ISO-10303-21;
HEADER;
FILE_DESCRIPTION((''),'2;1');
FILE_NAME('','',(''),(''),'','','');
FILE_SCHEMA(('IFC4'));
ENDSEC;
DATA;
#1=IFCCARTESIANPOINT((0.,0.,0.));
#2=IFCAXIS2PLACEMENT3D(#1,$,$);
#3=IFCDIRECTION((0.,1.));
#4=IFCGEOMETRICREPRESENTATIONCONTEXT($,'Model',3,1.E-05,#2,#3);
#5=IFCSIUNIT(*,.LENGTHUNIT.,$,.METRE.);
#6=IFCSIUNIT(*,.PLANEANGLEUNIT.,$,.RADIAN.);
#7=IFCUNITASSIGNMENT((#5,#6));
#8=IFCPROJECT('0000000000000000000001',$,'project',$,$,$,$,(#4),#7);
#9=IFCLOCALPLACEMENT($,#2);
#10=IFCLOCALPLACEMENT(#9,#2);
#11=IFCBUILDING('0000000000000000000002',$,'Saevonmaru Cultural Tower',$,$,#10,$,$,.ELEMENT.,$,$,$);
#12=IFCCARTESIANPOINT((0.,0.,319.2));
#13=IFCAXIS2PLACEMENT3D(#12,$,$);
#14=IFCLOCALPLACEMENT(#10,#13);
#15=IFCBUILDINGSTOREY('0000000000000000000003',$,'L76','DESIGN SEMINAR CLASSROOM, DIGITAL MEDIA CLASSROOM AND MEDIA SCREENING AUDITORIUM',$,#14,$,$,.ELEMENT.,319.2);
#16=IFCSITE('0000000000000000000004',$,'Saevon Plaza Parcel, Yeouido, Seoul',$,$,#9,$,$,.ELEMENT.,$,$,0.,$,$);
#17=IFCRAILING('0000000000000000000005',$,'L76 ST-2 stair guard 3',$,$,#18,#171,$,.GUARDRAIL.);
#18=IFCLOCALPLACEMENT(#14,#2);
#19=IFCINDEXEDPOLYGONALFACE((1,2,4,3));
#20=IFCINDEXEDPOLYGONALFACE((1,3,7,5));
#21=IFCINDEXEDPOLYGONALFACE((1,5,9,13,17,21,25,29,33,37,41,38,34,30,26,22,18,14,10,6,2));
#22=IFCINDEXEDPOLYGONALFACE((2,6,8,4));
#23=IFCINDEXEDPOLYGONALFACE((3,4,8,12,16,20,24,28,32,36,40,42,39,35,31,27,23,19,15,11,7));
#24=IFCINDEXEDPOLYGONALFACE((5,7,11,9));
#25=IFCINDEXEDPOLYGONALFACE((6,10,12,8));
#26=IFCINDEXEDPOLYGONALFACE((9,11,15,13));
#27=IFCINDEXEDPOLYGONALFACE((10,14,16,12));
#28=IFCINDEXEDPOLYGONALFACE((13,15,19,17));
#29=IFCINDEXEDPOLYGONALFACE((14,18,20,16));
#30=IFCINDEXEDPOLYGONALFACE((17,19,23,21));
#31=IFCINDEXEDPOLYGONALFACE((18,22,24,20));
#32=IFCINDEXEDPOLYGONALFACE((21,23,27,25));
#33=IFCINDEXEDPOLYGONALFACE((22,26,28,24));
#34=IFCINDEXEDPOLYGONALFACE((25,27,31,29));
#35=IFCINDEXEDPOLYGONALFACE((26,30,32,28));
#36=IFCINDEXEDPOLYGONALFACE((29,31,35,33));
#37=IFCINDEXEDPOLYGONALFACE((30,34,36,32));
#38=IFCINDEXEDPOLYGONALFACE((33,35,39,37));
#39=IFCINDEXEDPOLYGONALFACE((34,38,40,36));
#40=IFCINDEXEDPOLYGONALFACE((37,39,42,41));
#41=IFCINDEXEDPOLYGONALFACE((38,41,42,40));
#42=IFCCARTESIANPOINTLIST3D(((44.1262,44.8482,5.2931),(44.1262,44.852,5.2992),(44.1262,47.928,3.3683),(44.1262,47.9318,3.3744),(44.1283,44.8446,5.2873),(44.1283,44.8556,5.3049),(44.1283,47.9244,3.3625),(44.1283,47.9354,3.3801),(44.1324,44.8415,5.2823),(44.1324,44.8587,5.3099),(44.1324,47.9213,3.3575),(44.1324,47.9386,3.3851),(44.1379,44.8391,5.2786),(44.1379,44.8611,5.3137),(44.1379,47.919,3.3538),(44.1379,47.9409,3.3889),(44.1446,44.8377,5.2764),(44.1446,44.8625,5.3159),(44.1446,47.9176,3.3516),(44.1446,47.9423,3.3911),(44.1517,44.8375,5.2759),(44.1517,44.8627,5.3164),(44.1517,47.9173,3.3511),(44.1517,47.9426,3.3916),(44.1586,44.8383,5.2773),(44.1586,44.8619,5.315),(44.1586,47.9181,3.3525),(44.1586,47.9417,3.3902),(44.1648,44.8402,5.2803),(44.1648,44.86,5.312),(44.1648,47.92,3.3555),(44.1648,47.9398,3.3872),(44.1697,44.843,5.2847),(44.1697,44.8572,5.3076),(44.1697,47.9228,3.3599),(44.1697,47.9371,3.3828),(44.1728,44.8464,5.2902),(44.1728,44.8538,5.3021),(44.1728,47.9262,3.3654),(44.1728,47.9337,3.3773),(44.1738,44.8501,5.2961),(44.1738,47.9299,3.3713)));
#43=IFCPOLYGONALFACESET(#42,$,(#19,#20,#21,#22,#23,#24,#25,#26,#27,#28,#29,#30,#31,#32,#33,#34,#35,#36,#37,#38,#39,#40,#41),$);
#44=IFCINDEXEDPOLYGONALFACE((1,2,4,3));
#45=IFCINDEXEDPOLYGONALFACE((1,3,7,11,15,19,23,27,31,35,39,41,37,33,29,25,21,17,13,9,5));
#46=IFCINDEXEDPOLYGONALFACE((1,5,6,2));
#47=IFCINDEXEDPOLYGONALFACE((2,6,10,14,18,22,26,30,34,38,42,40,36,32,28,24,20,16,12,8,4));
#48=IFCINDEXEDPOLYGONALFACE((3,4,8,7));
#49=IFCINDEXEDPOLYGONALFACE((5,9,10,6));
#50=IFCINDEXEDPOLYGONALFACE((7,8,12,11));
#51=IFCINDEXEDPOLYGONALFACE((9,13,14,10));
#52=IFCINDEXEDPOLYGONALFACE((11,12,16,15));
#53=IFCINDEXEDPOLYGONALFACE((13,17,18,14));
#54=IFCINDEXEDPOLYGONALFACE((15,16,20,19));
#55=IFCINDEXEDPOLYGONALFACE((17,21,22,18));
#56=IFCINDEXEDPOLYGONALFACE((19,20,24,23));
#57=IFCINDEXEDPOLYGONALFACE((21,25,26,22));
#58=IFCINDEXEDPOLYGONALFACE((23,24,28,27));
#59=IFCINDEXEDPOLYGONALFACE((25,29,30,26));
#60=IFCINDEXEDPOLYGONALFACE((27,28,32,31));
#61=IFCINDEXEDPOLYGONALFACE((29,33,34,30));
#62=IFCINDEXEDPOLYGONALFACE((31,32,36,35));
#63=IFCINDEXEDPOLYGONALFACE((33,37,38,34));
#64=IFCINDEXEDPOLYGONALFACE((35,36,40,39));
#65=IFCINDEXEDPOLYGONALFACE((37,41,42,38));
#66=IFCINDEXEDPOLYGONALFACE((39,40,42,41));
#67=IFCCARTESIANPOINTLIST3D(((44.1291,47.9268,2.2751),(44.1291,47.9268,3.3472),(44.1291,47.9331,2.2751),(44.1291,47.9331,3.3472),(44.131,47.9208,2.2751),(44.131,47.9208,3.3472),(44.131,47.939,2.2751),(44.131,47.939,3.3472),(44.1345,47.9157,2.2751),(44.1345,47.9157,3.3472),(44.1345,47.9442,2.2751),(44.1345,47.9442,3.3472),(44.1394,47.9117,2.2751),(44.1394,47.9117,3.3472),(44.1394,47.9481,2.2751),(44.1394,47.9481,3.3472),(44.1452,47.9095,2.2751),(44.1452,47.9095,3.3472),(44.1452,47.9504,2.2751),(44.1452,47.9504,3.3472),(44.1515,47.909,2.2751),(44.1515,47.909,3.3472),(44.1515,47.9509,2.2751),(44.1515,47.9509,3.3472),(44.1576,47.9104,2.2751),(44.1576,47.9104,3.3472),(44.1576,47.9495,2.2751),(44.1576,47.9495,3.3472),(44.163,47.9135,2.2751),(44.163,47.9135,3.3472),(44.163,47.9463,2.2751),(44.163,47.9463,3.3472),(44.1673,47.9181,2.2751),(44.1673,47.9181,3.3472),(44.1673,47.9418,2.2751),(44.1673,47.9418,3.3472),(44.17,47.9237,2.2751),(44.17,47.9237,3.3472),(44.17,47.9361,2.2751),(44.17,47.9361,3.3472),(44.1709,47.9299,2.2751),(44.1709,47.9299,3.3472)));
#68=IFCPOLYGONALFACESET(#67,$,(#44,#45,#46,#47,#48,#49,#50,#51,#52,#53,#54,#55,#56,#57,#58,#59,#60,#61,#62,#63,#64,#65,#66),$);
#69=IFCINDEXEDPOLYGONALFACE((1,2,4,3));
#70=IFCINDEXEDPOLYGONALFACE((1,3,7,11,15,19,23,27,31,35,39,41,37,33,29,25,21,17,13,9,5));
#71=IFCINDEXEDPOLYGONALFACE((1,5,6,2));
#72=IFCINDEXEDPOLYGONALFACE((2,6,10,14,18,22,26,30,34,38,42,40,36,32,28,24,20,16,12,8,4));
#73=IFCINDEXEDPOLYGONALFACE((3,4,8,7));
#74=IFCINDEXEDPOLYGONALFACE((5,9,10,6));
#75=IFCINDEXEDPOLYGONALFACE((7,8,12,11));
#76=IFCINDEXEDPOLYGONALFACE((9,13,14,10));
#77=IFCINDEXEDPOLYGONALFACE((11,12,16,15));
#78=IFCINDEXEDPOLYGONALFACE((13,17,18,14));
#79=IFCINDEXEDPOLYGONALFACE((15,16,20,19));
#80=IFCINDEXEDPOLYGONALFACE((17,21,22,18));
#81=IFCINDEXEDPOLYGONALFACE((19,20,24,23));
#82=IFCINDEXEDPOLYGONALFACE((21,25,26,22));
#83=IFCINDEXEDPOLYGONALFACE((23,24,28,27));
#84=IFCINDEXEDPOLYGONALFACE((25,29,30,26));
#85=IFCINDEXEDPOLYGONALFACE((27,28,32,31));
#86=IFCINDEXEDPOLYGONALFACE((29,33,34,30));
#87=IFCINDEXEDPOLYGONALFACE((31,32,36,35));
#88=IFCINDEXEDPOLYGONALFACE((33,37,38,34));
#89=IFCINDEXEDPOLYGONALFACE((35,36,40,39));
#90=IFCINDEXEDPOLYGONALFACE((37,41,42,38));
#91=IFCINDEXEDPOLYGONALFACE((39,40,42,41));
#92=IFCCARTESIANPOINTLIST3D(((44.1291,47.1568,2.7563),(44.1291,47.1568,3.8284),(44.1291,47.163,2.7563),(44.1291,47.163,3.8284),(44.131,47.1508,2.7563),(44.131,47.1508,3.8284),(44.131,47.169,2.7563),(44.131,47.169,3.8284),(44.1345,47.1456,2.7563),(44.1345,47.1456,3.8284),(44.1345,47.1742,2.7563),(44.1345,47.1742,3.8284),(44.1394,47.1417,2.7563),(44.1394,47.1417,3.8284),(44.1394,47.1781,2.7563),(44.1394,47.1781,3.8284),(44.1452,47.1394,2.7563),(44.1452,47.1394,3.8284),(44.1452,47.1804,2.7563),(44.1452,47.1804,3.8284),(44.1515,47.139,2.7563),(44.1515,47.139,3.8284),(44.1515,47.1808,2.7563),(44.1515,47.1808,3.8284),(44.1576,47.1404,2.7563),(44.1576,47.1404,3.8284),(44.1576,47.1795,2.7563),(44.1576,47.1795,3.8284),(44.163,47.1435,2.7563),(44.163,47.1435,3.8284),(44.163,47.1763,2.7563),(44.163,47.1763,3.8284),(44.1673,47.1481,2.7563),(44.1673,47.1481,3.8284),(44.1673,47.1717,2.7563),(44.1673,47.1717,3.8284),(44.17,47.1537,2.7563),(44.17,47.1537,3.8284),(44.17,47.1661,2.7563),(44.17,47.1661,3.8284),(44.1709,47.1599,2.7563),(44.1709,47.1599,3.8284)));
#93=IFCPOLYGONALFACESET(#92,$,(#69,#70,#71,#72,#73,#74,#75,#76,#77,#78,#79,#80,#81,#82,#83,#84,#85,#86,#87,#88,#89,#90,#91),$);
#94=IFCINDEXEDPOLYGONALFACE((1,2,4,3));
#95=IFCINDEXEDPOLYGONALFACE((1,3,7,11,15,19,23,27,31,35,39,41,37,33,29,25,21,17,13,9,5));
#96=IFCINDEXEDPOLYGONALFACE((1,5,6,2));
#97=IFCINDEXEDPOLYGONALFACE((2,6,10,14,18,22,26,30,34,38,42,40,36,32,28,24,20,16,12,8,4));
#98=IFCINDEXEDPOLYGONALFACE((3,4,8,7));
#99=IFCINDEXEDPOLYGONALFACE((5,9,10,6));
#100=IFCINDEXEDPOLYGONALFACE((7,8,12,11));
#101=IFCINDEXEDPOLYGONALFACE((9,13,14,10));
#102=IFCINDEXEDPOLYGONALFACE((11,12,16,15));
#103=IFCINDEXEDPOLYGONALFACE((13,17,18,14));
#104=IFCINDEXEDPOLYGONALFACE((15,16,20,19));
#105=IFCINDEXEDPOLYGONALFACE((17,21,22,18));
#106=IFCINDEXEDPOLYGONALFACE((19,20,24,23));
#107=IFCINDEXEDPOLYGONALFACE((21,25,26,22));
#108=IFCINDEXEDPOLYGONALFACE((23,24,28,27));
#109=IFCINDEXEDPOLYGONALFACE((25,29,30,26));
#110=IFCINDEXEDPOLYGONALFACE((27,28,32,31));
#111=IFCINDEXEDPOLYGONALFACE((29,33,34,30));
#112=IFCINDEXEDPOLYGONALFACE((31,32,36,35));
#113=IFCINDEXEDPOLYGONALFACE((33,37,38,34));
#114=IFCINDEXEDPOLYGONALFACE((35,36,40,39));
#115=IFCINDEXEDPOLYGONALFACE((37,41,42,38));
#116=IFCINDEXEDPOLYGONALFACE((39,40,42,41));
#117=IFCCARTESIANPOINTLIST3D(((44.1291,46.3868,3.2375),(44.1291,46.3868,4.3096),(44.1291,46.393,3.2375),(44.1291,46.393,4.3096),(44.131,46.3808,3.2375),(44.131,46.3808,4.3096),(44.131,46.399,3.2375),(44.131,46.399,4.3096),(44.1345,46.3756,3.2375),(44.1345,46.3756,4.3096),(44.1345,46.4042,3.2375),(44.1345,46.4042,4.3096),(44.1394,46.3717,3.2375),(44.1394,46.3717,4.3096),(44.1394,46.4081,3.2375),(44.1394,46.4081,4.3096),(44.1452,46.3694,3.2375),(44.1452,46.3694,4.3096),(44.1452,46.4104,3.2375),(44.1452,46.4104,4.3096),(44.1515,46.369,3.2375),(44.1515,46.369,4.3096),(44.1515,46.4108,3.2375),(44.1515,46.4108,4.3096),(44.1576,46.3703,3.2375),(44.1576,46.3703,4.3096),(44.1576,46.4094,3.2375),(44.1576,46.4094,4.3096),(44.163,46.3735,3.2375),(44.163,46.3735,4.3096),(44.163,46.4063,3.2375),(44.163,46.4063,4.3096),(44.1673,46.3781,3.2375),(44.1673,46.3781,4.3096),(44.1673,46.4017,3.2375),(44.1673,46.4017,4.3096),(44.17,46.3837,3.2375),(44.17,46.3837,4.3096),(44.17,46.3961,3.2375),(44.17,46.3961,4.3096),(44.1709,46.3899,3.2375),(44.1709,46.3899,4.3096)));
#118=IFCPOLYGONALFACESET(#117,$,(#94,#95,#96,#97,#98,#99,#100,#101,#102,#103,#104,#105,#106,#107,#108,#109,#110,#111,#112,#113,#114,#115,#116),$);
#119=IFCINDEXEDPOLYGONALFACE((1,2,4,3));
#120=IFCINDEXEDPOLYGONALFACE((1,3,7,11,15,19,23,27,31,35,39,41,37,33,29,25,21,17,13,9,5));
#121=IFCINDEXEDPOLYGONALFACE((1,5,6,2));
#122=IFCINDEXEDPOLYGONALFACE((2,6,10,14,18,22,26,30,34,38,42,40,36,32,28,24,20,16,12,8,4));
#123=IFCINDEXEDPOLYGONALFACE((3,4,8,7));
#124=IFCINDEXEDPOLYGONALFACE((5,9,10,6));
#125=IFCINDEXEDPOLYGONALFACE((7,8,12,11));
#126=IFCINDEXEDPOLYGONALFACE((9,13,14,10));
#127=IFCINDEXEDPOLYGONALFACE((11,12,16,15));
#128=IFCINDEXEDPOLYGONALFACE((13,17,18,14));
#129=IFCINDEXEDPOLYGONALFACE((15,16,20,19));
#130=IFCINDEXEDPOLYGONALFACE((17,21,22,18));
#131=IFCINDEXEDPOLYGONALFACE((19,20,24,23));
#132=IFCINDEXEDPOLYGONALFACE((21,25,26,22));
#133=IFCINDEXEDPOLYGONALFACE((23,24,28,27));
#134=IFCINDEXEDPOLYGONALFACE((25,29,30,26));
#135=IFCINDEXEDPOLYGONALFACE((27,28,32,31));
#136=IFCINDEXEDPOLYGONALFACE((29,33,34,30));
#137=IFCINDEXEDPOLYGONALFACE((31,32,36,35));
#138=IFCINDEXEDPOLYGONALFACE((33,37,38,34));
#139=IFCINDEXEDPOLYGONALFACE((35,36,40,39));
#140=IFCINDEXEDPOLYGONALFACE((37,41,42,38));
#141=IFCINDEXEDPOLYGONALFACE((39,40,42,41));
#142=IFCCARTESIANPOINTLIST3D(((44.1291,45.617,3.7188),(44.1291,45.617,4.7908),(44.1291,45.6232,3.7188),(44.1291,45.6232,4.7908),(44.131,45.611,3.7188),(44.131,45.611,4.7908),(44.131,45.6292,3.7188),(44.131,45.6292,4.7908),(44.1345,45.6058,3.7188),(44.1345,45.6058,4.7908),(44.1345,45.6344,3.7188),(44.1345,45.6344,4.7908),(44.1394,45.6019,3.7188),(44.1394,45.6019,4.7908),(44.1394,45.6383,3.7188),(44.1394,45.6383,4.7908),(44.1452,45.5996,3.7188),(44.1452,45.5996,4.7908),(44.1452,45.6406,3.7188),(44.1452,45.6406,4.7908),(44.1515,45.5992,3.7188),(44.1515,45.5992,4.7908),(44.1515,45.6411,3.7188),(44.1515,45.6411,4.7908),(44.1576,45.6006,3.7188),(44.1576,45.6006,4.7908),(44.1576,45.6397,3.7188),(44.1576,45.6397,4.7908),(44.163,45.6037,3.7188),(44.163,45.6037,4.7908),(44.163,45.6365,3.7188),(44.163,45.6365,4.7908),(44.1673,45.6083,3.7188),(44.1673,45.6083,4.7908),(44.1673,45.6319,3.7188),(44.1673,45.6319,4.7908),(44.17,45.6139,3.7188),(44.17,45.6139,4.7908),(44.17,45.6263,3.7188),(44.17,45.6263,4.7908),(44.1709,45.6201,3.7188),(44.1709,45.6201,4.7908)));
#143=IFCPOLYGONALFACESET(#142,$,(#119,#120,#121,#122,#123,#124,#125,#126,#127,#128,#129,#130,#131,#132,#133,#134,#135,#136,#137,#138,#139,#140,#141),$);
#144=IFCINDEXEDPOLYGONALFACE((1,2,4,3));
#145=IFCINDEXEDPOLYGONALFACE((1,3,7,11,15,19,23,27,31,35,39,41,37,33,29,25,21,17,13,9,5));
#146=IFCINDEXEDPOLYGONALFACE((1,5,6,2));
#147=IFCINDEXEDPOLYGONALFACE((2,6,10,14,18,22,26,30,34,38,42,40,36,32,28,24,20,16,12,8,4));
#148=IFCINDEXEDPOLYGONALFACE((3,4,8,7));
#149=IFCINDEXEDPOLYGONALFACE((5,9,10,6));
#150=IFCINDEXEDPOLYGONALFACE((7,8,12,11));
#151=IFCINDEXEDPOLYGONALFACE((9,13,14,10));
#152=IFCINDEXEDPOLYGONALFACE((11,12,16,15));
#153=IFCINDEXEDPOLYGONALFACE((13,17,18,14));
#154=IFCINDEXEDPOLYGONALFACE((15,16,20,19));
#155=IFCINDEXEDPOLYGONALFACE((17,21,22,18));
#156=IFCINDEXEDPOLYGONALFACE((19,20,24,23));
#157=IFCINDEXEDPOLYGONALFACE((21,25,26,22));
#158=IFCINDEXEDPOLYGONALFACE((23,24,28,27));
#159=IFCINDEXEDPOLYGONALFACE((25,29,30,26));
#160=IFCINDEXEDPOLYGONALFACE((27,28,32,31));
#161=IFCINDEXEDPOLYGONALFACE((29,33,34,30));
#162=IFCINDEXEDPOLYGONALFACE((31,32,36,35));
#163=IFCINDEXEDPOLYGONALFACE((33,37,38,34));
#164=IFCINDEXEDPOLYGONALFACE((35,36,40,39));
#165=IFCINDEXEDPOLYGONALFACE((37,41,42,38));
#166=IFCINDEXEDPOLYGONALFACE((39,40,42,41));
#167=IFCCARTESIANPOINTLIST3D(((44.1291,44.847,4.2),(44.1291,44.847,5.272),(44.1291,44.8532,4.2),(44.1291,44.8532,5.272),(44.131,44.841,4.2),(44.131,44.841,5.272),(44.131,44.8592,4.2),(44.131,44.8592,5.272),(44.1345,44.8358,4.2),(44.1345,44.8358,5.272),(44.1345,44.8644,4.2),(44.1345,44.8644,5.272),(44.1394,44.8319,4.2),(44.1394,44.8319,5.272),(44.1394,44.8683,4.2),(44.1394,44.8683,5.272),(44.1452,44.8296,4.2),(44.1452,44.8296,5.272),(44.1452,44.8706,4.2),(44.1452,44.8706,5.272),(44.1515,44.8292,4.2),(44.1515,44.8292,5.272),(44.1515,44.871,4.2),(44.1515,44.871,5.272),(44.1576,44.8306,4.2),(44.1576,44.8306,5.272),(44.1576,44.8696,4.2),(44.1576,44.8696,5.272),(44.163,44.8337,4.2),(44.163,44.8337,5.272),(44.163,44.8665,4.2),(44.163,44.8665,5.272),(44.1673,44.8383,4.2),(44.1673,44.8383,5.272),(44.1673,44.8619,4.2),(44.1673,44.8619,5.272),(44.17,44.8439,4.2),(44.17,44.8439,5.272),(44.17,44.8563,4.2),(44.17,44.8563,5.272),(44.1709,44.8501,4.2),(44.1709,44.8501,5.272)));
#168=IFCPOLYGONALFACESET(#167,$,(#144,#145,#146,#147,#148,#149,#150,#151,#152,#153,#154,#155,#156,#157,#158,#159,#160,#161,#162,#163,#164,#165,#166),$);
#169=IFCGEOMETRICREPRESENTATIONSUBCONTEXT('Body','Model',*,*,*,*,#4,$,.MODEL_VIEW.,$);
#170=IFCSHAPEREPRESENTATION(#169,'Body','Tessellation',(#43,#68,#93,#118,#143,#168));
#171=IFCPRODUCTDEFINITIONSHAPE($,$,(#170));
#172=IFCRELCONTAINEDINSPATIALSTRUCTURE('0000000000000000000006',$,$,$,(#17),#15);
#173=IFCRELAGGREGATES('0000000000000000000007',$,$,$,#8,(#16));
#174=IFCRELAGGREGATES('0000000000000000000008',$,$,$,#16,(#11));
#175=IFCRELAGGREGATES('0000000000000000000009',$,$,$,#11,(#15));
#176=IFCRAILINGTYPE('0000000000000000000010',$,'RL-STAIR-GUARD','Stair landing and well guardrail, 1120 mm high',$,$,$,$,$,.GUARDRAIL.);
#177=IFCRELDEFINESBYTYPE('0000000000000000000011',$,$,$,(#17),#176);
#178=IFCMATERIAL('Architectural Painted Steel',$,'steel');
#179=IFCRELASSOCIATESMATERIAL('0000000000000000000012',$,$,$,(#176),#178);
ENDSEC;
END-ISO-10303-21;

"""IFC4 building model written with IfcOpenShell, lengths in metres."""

from ifc_helpers import new_model, si_unit, direction, frame, origin, origin_2d, place, context, subcontext, project, spatial, circle, extrude, material, type_object, element, save


model = new_model("IFC4")

# Units and contexts
model_context = context("Model", 3, precision=1e-05, world=origin(), true_north=direction((0.0, 1.0)))
body_context = subcontext(model_context, "Body", "Model", "MODEL_VIEW")
ifc_project = project(units=[si_unit("LENGTHUNIT", "METRE"), si_unit("PLANEANGLEUNIT", "RADIAN")], contexts=[model_context])

# Site, building, storey
site_placement = place(None, origin())
site = spatial("IfcSite", under=ifc_project, at=site_placement, Name="Saevon Plaza Parcel, Yeouido, Seoul", CompositionType="ELEMENT", RefElevation=0.0)
building_placement = place(site_placement, origin())
building = spatial("IfcBuilding", under=site, at=building_placement, Name="Saevonmaru Cultural Tower", CompositionType="ELEMENT")
storey_placement = place(building_placement, frame((0.0, 0.0, 319.2)))
storey = spatial("IfcBuildingStorey", under=building, at=storey_placement, Name="L76", Description="DESIGN SEMINAR CLASSROOM, DIGITAL MEDIA CLASSROOM AND MEDIA SCREENING AUDITORIUM", CompositionType="ELEMENT", Elevation=319.2)

# Railing
ifc_material_1 = material(Name="Architectural Painted Steel", Category="steel")
railing_type_1 = type_object("IfcRailingType", Name="RL-STAIR-GUARD", Description="Stair landing and well guardrail, 1120 mm high", PredefinedType="GUARDRAIL", material=ifc_material_1)
railing_1_placement = place(storey_placement, frame((44.1499, 47.9299, 2.2751)))
element("IfcRailing", 1, at=railing_1_placement, inside=storey, type_object=railing_type_1, Name="L76 ST-2 stair guard 3", PredefinedType="GUARDRAIL", context=body_context, shape_type="SweptSolid", body=[
    extrude(circle(Radius=0.0239, at=origin_2d()), frame((0.0, 0.0, 1.0962), z_axis=(0.0, -0.84801, 0.529981), x_axis=(1.0, 0.0, 0.0)), (0.0, 0.0, 1.0), 3.6318),
    extrude(circle(Radius=0.021, at=origin_2d()), origin(), (0.0, 0.0, 1.0), 1.072),
    extrude(circle(Radius=0.021, at=origin_2d()), frame((0.0, -0.77, 0.4812)), (0.0, 0.0, 1.0), 1.072),
    extrude(circle(Radius=0.021, at=origin_2d()), frame((0.0, -1.54, 0.9624)), (0.0, 0.0, 1.0), 1.072),
    extrude(circle(Radius=0.021, at=origin_2d()), frame((0.0, -2.3098, 1.4436)), (0.0, 0.0, 1.0), 1.072),
    extrude(circle(Radius=0.021, at=origin_2d()), frame((0.0, -3.0798, 1.9248)), (0.0, 0.0, 1.0), 1.072),
])

save(model, "model.ifc")
